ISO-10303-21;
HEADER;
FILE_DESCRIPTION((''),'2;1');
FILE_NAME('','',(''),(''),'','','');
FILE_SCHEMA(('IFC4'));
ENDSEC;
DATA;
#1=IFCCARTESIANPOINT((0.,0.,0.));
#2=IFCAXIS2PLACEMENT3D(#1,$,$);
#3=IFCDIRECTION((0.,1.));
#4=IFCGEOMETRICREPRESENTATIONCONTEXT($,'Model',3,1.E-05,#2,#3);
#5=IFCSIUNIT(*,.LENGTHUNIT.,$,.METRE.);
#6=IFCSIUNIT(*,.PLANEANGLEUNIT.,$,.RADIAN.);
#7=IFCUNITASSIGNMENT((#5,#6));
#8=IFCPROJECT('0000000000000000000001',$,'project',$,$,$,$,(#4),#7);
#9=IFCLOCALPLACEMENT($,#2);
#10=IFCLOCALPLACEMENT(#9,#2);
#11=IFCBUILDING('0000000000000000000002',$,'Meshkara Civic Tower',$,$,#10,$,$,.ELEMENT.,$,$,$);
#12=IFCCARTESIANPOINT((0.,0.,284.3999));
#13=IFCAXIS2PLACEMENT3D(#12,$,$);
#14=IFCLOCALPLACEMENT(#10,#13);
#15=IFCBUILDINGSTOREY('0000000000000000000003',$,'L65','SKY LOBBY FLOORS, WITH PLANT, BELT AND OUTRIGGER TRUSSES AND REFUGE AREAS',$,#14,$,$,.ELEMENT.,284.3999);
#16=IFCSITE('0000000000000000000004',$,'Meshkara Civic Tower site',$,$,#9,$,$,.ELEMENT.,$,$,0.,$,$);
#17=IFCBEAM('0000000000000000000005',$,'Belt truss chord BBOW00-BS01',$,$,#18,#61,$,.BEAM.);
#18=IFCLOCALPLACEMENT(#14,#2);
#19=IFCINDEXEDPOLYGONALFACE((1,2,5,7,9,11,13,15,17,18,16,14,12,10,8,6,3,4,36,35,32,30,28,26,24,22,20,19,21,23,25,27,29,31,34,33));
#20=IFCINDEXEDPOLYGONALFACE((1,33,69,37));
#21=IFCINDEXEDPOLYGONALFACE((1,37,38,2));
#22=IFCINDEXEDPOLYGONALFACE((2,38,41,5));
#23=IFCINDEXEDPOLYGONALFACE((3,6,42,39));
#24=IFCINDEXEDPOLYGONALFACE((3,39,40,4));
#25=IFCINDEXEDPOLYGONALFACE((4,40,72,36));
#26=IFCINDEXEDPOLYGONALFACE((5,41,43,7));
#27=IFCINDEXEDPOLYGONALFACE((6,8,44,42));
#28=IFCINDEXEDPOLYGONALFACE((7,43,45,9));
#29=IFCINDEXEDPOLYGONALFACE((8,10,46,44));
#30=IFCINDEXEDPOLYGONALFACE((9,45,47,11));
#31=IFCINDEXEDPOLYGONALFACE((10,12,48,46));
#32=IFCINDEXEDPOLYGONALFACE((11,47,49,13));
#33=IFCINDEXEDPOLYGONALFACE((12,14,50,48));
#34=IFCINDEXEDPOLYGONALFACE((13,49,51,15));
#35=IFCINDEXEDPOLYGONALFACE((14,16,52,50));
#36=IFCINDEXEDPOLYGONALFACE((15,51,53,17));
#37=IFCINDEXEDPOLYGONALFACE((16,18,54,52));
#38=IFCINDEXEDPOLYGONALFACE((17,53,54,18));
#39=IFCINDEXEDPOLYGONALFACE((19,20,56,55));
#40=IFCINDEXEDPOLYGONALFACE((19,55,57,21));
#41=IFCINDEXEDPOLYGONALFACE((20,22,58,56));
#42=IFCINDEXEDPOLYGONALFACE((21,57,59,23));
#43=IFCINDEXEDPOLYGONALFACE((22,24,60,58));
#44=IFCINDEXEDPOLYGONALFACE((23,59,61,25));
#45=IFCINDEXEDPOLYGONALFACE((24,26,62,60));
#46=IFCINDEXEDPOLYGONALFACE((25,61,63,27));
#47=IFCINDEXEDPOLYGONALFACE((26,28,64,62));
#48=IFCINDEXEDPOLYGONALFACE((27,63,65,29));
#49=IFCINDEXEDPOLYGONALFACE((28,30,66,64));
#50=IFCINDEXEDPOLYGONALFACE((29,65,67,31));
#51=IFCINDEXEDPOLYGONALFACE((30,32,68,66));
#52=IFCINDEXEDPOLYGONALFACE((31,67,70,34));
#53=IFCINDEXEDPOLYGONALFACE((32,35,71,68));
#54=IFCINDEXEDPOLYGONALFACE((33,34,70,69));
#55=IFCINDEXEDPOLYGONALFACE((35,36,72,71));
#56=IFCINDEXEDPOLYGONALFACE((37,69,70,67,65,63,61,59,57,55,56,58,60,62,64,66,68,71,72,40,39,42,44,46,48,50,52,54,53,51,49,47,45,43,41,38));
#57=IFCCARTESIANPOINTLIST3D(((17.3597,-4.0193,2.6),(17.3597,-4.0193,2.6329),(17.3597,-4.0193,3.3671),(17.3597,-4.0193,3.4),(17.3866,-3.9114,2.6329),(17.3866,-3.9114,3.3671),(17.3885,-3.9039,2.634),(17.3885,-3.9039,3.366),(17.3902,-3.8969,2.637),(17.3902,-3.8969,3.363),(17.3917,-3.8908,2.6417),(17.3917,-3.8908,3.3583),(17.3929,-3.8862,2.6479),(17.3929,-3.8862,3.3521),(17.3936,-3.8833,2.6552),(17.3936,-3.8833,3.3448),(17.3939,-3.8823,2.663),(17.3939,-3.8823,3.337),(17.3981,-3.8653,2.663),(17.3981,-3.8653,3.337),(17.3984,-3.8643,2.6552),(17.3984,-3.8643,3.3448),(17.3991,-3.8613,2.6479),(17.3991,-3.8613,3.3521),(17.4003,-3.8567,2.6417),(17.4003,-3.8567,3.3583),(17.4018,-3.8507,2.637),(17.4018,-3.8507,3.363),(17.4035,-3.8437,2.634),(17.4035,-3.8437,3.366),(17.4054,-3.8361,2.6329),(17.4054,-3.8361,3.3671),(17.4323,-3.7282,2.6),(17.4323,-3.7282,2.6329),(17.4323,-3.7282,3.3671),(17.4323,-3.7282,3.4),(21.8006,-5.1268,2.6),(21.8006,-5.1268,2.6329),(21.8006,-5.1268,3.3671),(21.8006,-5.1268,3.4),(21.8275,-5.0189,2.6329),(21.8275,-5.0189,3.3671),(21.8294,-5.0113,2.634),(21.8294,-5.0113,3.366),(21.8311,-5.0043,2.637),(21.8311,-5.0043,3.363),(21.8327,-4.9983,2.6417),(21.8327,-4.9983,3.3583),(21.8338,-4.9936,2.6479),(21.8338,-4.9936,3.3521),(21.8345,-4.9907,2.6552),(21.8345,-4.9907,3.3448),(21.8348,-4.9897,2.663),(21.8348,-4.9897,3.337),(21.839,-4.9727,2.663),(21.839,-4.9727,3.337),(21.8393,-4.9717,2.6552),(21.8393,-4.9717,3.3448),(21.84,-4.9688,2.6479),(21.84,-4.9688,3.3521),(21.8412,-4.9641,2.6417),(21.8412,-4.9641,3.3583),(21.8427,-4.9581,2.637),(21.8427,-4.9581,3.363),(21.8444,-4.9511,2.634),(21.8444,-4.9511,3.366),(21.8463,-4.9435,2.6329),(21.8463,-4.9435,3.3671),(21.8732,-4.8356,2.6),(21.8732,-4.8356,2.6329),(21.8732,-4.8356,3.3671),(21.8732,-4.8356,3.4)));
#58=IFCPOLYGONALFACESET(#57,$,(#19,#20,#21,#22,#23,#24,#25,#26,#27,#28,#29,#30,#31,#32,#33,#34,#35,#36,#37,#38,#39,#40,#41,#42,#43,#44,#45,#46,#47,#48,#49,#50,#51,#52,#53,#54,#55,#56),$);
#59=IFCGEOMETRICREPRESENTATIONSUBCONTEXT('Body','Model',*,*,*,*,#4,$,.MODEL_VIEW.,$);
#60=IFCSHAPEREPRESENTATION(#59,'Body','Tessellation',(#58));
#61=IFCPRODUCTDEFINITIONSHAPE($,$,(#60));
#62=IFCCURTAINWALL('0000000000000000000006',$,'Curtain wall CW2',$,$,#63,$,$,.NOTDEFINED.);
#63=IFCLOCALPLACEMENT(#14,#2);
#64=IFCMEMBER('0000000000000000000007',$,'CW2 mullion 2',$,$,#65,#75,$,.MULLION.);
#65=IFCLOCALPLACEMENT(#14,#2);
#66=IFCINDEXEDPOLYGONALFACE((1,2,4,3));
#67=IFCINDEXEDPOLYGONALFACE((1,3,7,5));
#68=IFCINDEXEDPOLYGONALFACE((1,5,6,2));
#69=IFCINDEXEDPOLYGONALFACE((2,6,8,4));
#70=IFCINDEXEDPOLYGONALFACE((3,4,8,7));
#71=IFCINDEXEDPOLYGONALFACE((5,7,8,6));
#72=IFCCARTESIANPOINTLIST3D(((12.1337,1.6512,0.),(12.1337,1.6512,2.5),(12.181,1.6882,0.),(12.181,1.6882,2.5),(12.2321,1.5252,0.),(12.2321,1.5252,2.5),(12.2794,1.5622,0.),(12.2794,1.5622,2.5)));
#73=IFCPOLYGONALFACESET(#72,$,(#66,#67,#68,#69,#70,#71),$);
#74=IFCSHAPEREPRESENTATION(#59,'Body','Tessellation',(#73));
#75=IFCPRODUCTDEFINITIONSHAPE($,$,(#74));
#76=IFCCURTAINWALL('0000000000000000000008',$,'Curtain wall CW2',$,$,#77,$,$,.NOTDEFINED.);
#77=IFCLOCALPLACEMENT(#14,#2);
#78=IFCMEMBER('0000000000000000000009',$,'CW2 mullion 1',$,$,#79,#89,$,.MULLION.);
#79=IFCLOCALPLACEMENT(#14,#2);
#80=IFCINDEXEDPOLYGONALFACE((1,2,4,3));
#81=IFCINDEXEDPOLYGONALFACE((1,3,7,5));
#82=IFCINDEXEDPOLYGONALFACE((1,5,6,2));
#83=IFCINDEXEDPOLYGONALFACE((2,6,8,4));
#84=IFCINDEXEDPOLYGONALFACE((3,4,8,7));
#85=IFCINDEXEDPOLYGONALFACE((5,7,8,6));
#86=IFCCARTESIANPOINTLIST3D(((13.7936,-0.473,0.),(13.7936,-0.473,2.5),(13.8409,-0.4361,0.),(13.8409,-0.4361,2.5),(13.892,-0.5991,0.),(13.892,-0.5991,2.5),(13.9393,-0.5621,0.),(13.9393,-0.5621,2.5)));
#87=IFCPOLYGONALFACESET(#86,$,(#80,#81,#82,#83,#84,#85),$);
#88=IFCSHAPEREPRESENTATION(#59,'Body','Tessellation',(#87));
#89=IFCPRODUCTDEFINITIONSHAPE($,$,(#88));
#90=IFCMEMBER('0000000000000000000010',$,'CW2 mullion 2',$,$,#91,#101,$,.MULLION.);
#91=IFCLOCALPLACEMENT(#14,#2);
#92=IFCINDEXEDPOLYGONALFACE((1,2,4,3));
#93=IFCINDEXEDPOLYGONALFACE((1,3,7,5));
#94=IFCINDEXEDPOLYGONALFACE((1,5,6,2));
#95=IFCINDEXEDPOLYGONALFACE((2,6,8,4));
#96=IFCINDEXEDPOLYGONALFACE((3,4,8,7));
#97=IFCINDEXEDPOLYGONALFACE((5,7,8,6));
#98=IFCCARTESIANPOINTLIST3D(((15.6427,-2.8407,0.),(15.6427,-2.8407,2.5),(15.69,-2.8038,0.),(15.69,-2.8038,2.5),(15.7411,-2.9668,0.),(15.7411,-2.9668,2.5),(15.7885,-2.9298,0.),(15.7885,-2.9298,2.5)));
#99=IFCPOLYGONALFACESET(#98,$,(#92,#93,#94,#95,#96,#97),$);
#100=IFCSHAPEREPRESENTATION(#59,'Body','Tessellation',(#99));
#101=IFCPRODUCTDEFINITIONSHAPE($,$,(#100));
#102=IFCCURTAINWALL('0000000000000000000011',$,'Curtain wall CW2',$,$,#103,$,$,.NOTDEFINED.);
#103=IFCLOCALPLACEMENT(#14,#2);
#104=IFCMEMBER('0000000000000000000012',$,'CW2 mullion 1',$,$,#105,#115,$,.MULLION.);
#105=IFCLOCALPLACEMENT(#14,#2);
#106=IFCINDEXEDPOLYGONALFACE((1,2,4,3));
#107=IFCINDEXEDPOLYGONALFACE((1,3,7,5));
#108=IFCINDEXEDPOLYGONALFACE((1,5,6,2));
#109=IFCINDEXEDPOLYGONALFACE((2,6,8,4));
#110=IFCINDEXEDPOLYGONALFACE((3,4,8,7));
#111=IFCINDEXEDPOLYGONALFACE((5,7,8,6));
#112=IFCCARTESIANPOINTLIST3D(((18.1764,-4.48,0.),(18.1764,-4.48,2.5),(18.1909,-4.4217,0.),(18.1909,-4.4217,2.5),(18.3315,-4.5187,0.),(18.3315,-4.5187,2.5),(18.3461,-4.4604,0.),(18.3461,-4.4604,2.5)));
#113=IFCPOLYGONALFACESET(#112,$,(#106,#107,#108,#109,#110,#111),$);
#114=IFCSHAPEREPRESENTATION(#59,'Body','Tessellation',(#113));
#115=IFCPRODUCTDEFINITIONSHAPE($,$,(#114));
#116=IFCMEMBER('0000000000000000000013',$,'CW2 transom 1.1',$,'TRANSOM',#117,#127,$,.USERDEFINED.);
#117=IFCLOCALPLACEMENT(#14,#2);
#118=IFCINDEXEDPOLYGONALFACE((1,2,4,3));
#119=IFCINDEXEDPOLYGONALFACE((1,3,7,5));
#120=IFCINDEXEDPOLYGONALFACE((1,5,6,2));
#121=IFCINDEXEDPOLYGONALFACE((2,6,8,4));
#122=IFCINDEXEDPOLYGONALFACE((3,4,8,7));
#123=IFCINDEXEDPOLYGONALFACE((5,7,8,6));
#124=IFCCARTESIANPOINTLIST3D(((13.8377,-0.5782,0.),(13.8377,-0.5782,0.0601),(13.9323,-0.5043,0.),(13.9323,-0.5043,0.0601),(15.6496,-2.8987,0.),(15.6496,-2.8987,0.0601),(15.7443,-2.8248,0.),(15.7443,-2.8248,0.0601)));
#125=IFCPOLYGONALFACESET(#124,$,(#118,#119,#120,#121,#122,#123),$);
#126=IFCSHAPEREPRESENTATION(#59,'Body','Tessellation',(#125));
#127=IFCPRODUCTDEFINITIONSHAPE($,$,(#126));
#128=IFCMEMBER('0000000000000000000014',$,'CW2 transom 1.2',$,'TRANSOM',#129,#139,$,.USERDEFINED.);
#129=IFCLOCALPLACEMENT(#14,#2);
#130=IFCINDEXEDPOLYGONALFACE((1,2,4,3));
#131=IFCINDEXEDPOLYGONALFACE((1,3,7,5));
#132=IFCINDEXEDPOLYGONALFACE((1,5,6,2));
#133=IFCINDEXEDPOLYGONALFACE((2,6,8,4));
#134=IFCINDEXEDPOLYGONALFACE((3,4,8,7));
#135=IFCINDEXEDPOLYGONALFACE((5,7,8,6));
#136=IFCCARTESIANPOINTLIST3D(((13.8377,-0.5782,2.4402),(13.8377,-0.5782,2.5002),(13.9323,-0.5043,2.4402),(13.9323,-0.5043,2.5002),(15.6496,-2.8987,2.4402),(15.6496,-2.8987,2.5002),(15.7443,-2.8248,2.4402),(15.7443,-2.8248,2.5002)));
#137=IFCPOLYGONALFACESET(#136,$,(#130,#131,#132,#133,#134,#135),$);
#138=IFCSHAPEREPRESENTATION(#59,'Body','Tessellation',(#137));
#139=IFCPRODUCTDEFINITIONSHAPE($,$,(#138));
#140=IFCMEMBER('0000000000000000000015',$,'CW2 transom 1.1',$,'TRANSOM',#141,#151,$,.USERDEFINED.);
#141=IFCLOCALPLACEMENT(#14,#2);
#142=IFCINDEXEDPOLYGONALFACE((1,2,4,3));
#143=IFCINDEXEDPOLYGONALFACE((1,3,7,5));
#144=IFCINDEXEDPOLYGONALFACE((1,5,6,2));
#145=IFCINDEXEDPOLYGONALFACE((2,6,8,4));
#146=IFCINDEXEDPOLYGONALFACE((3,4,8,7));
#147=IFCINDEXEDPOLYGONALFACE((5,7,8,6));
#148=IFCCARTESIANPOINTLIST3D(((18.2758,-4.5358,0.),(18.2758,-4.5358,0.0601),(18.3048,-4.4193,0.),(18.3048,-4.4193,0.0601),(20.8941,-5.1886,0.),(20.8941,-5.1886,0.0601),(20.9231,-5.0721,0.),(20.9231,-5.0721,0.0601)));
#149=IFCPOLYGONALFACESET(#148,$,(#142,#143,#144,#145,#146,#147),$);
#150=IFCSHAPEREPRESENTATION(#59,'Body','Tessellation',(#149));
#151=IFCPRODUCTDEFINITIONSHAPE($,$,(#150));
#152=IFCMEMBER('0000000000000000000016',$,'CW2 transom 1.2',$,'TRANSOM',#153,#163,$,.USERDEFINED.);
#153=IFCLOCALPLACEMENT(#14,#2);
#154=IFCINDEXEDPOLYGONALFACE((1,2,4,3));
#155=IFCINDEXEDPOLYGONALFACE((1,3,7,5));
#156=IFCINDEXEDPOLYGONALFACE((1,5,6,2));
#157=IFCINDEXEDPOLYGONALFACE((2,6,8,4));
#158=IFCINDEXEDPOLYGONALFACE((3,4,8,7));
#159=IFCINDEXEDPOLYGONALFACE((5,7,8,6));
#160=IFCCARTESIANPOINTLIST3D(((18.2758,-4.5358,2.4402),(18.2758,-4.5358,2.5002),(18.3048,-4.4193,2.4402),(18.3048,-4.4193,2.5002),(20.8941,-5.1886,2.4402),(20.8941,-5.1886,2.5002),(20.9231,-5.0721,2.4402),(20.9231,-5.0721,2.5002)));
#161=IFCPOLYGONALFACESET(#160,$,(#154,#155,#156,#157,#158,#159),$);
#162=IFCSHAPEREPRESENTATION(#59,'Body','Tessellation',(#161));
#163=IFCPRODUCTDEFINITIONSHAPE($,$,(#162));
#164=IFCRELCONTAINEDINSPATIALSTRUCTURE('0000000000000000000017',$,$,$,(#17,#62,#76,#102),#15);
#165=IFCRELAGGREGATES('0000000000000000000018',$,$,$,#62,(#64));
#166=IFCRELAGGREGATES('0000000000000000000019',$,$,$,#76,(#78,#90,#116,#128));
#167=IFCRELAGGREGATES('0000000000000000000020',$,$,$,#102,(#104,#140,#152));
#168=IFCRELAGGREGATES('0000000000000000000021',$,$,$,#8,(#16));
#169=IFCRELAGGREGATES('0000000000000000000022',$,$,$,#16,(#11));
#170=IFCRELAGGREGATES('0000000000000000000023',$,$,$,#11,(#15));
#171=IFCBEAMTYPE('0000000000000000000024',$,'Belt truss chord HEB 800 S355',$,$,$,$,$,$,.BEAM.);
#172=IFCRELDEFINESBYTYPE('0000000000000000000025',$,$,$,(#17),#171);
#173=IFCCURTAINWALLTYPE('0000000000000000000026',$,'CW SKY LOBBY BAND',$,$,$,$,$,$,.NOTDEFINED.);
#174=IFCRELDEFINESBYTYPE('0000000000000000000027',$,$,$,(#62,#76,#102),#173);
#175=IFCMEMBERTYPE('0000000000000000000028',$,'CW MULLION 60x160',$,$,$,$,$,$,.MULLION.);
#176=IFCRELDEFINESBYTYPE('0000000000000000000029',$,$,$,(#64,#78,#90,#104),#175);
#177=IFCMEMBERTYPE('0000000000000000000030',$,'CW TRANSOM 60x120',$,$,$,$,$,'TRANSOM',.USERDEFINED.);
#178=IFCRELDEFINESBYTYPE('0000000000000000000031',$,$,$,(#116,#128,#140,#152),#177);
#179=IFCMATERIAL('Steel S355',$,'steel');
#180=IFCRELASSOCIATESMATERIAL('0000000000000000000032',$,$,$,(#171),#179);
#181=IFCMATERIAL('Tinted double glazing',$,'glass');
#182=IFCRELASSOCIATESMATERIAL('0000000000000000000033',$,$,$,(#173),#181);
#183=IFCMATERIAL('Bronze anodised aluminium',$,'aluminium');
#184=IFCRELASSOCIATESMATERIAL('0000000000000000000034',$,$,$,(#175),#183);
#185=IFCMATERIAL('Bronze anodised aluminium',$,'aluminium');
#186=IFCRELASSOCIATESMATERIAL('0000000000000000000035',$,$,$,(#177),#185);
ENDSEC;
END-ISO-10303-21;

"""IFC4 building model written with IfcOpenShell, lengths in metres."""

from ifc_helpers import new_model, si_unit, direction, frame, origin, origin_2d, place, context, subcontext, project, spatial, rectangle, i_section, extrude, material, material_profile, profile_set, type_object, element, aggregate, save


model = new_model("IFC4")

# Units and contexts
model_context = context("Model", 3, precision=1e-05, world=origin(), true_north=direction((0.0, 1.0)))
body_context = subcontext(model_context, "Body", "Model", "MODEL_VIEW")
ifc_project = project(units=[si_unit("LENGTHUNIT", "METRE"), si_unit("PLANEANGLEUNIT", "RADIAN")], contexts=[model_context])

# Site, building, storey
site_placement = place(None, origin())
site = spatial("IfcSite", under=ifc_project, at=site_placement, Name="Meshkara Civic Tower site", CompositionType="ELEMENT", RefElevation=0.0)
building_placement = place(site_placement, origin())
building = spatial("IfcBuilding", under=site, at=building_placement, Name="Meshkara Civic Tower", CompositionType="ELEMENT")
storey_placement = place(building_placement, frame((0.0, 0.0, 284.3999)))
storey = spatial("IfcBuildingStorey", under=building, at=storey_placement, Name="L65", Description="SKY LOBBY FLOORS, WITH PLANT, BELT AND OUTRIGGER TRUSSES AND REFUGE AREAS", CompositionType="ELEMENT", Elevation=284.3999)

# Beam
ifc_material_1 = material(Name="Steel S355", Category="steel")
ifc_material_profile_1 = material_profile(ifc_material_1, i_section(OverallWidth=0.3, OverallDepth=0.8, WebThickness=0.0176, FlangeThickness=0.033, FilletRadius=0.03, at=origin_2d()))
ifc_profile_set_1 = profile_set([ifc_material_profile_1], Name="Steel S355")
beam_type_1 = type_object("IfcBeamType", Name="Belt truss chord HEB 800 S355", PredefinedType="BEAM", material=ifc_profile_set_1)
for number, where, z_axis, x_axis, name in (
    (1, (17.396, -3.8738, 3.0), (0.970287, -0.241958, 0.0), (0.241958, 0.970287, 0.0), "Belt truss chord BBOW00-BS01"),
):
    element("IfcBeam", number, at=place(storey_placement, frame(where, z_axis=z_axis, x_axis=x_axis)), inside=storey, type_object=beam_type_1, Name=name, PredefinedType="BEAM", context=body_context, shape_type="SweptSolid", body=[
        extrude(i_section(OverallWidth=0.3, OverallDepth=0.8, WebThickness=0.0176, FlangeThickness=0.033, FilletRadius=0.03, at=origin_2d()), origin(), (0.0, 0.0, 1.0), 4.5769),
    ])

# Curtain wall, member
ifc_material_2 = material(Name="Tinted double glazing", Category="glass")
curtain_wall_type = type_object("IfcCurtainWallType", Name="CW SKY LOBBY BAND", PredefinedType="NOTDEFINED", material=ifc_material_2)
curtain_wall_1_placement = place(storey_placement, origin())
curtain_wall_1 = element("IfcCurtainWall", 2, at=curtain_wall_1_placement, inside=storey, type_object=curtain_wall_type, Name="Curtain wall CW2", PredefinedType="NOTDEFINED")
ifc_material_3 = material(Name="Bronze anodised aluminium", Category="aluminium")
ifc_material_profile_2 = material_profile(ifc_material_3, rectangle(XDim=0.0601, YDim=0.1599, at=origin_2d()))
ifc_profile_set_2 = profile_set([ifc_material_profile_2], Name="Bronze anodised aluminium")
member_type_1 = type_object("IfcMemberType", Name="CW MULLION 60x160", PredefinedType="MULLION", material=ifc_profile_set_2)
member_1_placement = place(storey_placement, frame((12.2065, 1.6067, 0.0), z_axis=(0.0, 0.0, 1.0), x_axis=(0.788014, 0.615657, 0.0)))
member_1 = element("IfcMember", 3, at=member_1_placement, type_object=member_type_1, Name="CW2 mullion 2", PredefinedType="MULLION", context=body_context, shape_type="SweptSolid", body=[
    extrude(rectangle(XDim=0.0601, YDim=0.1599, at=origin_2d()), origin(), (0.0, 0.0, 1.0), 2.5),
])
aggregate(curtain_wall_1, [member_1])

# Curtain wall, members
curtain_wall_2_placement = place(storey_placement, origin())
curtain_wall_2 = element("IfcCurtainWall", 4, at=curtain_wall_2_placement, inside=storey, type_object=curtain_wall_type, Name="Curtain wall CW2", PredefinedType="NOTDEFINED")
member_2_placement = place(storey_placement, frame((13.8665, -0.5176, 0.0), z_axis=(0.0, 0.0, 1.0), x_axis=(0.788138, 0.615498, 0.0)))
member_2 = element("IfcMember", 5, at=member_2_placement, type_object=member_type_1, Name="CW2 mullion 1", PredefinedType="MULLION", context=body_context, shape_type="SweptSolid", body=[
    extrude(rectangle(XDim=0.0601, YDim=0.1599, at=origin_2d()), origin(), (0.0, 0.0, 1.0), 2.5),
])
member_3_placement = place(storey_placement, frame((15.7156, -2.8853, 0.0), z_axis=(0.0, 0.0, 1.0), x_axis=(0.788138, 0.615498, 0.0)))
member_3 = element("IfcMember", 6, at=member_3_placement, type_object=member_type_1, Name="CW2 mullion 2", PredefinedType="MULLION", context=body_context, shape_type="SweptSolid", body=[
    extrude(rectangle(XDim=0.0601, YDim=0.1599, at=origin_2d()), origin(), (0.0, 0.0, 1.0), 2.5),
])

# Curtain wall, member
curtain_wall_3_placement = place(storey_placement, origin())
curtain_wall_3 = element("IfcCurtainWall", 7, at=curtain_wall_3_placement, inside=storey, type_object=curtain_wall_type, Name="Curtain wall CW2", PredefinedType="NOTDEFINED")
member_4_placement = place(storey_placement, frame((18.2612, -4.4702, 0.0), z_axis=(0.0, 0.0, 1.0), x_axis=(0.241951, 0.970288, 0.0)))
member_4 = element("IfcMember", 8, at=member_4_placement, type_object=member_type_1, Name="CW2 mullion 1", PredefinedType="MULLION", context=body_context, shape_type="SweptSolid", body=[
    extrude(rectangle(XDim=0.0601, YDim=0.1599, at=origin_2d()), origin(), (0.0, 0.0, 1.0), 2.5),
])

# Members
ifc_material_4 = material(Name="Bronze anodised aluminium", Category="aluminium")
ifc_material_profile_3 = material_profile(ifc_material_4, rectangle(XDim=0.1201, YDim=0.0601, at=origin_2d()))
ifc_profile_set_3 = profile_set([ifc_material_profile_3], Name="Bronze anodised aluminium")
member_type_2 = type_object("IfcMemberType", Name="CW TRANSOM 60x120", ElementType="TRANSOM", PredefinedType="USERDEFINED", material=ifc_profile_set_3)
member_5_placement = place(storey_placement, frame((13.885, -0.5413, 0.03), z_axis=(0.615449, -0.788176, 0.0), x_axis=(0.788176, 0.615449, 0.0)))
member_5 = element("IfcMember", 9, at=member_5_placement, type_object=member_type_2, Name="CW2 transom 1.1", ObjectType="TRANSOM", PredefinedType="USERDEFINED", context=body_context, shape_type="SweptSolid", body=[
    extrude(rectangle(XDim=0.1201, YDim=0.0601, at=origin_2d()), origin(), (0.0, 0.0, 1.0), 2.9441),
])
member_6_placement = place(storey_placement, frame((13.885, -0.5413, 2.4702), z_axis=(0.615449, -0.788176, 0.0), x_axis=(0.788176, 0.615449, 0.0)))
member_6 = element("IfcMember", 10, at=member_6_placement, type_object=member_type_2, Name="CW2 transom 1.2", ObjectType="TRANSOM", PredefinedType="USERDEFINED", context=body_context, shape_type="SweptSolid", body=[
    extrude(rectangle(XDim=0.1201, YDim=0.0601, at=origin_2d()), origin(), (0.0, 0.0, 1.0), 2.9441),
])
member_7_placement = place(storey_placement, frame((18.2903, -4.4775, 0.03), z_axis=(0.970297, -0.241918, 0.0), x_axis=(0.241918, 0.970297, 0.0)))
member_7 = element("IfcMember", 11, at=member_7_placement, type_object=member_type_2, Name="CW2 transom 1.1", ObjectType="TRANSOM", PredefinedType="USERDEFINED", context=body_context, shape_type="SweptSolid", body=[
    extrude(rectangle(XDim=0.1201, YDim=0.0601, at=origin_2d()), origin(), (0.0, 0.0, 1.0), 2.6985),
])
member_8_placement = place(storey_placement, frame((18.2903, -4.4775, 2.4702), z_axis=(0.970297, -0.241918, 0.0), x_axis=(0.241918, 0.970297, 0.0)))
member_8 = element("IfcMember", 12, at=member_8_placement, type_object=member_type_2, Name="CW2 transom 1.2", ObjectType="TRANSOM", PredefinedType="USERDEFINED", context=body_context, shape_type="SweptSolid", body=[
    extrude(rectangle(XDim=0.1201, YDim=0.0601, at=origin_2d()), origin(), (0.0, 0.0, 1.0), 2.6985),
])

aggregate(curtain_wall_2, [member_2, member_3, member_5, member_6])
aggregate(curtain_wall_3, [member_4, member_7, member_8])

save(model, "model.ifc")
